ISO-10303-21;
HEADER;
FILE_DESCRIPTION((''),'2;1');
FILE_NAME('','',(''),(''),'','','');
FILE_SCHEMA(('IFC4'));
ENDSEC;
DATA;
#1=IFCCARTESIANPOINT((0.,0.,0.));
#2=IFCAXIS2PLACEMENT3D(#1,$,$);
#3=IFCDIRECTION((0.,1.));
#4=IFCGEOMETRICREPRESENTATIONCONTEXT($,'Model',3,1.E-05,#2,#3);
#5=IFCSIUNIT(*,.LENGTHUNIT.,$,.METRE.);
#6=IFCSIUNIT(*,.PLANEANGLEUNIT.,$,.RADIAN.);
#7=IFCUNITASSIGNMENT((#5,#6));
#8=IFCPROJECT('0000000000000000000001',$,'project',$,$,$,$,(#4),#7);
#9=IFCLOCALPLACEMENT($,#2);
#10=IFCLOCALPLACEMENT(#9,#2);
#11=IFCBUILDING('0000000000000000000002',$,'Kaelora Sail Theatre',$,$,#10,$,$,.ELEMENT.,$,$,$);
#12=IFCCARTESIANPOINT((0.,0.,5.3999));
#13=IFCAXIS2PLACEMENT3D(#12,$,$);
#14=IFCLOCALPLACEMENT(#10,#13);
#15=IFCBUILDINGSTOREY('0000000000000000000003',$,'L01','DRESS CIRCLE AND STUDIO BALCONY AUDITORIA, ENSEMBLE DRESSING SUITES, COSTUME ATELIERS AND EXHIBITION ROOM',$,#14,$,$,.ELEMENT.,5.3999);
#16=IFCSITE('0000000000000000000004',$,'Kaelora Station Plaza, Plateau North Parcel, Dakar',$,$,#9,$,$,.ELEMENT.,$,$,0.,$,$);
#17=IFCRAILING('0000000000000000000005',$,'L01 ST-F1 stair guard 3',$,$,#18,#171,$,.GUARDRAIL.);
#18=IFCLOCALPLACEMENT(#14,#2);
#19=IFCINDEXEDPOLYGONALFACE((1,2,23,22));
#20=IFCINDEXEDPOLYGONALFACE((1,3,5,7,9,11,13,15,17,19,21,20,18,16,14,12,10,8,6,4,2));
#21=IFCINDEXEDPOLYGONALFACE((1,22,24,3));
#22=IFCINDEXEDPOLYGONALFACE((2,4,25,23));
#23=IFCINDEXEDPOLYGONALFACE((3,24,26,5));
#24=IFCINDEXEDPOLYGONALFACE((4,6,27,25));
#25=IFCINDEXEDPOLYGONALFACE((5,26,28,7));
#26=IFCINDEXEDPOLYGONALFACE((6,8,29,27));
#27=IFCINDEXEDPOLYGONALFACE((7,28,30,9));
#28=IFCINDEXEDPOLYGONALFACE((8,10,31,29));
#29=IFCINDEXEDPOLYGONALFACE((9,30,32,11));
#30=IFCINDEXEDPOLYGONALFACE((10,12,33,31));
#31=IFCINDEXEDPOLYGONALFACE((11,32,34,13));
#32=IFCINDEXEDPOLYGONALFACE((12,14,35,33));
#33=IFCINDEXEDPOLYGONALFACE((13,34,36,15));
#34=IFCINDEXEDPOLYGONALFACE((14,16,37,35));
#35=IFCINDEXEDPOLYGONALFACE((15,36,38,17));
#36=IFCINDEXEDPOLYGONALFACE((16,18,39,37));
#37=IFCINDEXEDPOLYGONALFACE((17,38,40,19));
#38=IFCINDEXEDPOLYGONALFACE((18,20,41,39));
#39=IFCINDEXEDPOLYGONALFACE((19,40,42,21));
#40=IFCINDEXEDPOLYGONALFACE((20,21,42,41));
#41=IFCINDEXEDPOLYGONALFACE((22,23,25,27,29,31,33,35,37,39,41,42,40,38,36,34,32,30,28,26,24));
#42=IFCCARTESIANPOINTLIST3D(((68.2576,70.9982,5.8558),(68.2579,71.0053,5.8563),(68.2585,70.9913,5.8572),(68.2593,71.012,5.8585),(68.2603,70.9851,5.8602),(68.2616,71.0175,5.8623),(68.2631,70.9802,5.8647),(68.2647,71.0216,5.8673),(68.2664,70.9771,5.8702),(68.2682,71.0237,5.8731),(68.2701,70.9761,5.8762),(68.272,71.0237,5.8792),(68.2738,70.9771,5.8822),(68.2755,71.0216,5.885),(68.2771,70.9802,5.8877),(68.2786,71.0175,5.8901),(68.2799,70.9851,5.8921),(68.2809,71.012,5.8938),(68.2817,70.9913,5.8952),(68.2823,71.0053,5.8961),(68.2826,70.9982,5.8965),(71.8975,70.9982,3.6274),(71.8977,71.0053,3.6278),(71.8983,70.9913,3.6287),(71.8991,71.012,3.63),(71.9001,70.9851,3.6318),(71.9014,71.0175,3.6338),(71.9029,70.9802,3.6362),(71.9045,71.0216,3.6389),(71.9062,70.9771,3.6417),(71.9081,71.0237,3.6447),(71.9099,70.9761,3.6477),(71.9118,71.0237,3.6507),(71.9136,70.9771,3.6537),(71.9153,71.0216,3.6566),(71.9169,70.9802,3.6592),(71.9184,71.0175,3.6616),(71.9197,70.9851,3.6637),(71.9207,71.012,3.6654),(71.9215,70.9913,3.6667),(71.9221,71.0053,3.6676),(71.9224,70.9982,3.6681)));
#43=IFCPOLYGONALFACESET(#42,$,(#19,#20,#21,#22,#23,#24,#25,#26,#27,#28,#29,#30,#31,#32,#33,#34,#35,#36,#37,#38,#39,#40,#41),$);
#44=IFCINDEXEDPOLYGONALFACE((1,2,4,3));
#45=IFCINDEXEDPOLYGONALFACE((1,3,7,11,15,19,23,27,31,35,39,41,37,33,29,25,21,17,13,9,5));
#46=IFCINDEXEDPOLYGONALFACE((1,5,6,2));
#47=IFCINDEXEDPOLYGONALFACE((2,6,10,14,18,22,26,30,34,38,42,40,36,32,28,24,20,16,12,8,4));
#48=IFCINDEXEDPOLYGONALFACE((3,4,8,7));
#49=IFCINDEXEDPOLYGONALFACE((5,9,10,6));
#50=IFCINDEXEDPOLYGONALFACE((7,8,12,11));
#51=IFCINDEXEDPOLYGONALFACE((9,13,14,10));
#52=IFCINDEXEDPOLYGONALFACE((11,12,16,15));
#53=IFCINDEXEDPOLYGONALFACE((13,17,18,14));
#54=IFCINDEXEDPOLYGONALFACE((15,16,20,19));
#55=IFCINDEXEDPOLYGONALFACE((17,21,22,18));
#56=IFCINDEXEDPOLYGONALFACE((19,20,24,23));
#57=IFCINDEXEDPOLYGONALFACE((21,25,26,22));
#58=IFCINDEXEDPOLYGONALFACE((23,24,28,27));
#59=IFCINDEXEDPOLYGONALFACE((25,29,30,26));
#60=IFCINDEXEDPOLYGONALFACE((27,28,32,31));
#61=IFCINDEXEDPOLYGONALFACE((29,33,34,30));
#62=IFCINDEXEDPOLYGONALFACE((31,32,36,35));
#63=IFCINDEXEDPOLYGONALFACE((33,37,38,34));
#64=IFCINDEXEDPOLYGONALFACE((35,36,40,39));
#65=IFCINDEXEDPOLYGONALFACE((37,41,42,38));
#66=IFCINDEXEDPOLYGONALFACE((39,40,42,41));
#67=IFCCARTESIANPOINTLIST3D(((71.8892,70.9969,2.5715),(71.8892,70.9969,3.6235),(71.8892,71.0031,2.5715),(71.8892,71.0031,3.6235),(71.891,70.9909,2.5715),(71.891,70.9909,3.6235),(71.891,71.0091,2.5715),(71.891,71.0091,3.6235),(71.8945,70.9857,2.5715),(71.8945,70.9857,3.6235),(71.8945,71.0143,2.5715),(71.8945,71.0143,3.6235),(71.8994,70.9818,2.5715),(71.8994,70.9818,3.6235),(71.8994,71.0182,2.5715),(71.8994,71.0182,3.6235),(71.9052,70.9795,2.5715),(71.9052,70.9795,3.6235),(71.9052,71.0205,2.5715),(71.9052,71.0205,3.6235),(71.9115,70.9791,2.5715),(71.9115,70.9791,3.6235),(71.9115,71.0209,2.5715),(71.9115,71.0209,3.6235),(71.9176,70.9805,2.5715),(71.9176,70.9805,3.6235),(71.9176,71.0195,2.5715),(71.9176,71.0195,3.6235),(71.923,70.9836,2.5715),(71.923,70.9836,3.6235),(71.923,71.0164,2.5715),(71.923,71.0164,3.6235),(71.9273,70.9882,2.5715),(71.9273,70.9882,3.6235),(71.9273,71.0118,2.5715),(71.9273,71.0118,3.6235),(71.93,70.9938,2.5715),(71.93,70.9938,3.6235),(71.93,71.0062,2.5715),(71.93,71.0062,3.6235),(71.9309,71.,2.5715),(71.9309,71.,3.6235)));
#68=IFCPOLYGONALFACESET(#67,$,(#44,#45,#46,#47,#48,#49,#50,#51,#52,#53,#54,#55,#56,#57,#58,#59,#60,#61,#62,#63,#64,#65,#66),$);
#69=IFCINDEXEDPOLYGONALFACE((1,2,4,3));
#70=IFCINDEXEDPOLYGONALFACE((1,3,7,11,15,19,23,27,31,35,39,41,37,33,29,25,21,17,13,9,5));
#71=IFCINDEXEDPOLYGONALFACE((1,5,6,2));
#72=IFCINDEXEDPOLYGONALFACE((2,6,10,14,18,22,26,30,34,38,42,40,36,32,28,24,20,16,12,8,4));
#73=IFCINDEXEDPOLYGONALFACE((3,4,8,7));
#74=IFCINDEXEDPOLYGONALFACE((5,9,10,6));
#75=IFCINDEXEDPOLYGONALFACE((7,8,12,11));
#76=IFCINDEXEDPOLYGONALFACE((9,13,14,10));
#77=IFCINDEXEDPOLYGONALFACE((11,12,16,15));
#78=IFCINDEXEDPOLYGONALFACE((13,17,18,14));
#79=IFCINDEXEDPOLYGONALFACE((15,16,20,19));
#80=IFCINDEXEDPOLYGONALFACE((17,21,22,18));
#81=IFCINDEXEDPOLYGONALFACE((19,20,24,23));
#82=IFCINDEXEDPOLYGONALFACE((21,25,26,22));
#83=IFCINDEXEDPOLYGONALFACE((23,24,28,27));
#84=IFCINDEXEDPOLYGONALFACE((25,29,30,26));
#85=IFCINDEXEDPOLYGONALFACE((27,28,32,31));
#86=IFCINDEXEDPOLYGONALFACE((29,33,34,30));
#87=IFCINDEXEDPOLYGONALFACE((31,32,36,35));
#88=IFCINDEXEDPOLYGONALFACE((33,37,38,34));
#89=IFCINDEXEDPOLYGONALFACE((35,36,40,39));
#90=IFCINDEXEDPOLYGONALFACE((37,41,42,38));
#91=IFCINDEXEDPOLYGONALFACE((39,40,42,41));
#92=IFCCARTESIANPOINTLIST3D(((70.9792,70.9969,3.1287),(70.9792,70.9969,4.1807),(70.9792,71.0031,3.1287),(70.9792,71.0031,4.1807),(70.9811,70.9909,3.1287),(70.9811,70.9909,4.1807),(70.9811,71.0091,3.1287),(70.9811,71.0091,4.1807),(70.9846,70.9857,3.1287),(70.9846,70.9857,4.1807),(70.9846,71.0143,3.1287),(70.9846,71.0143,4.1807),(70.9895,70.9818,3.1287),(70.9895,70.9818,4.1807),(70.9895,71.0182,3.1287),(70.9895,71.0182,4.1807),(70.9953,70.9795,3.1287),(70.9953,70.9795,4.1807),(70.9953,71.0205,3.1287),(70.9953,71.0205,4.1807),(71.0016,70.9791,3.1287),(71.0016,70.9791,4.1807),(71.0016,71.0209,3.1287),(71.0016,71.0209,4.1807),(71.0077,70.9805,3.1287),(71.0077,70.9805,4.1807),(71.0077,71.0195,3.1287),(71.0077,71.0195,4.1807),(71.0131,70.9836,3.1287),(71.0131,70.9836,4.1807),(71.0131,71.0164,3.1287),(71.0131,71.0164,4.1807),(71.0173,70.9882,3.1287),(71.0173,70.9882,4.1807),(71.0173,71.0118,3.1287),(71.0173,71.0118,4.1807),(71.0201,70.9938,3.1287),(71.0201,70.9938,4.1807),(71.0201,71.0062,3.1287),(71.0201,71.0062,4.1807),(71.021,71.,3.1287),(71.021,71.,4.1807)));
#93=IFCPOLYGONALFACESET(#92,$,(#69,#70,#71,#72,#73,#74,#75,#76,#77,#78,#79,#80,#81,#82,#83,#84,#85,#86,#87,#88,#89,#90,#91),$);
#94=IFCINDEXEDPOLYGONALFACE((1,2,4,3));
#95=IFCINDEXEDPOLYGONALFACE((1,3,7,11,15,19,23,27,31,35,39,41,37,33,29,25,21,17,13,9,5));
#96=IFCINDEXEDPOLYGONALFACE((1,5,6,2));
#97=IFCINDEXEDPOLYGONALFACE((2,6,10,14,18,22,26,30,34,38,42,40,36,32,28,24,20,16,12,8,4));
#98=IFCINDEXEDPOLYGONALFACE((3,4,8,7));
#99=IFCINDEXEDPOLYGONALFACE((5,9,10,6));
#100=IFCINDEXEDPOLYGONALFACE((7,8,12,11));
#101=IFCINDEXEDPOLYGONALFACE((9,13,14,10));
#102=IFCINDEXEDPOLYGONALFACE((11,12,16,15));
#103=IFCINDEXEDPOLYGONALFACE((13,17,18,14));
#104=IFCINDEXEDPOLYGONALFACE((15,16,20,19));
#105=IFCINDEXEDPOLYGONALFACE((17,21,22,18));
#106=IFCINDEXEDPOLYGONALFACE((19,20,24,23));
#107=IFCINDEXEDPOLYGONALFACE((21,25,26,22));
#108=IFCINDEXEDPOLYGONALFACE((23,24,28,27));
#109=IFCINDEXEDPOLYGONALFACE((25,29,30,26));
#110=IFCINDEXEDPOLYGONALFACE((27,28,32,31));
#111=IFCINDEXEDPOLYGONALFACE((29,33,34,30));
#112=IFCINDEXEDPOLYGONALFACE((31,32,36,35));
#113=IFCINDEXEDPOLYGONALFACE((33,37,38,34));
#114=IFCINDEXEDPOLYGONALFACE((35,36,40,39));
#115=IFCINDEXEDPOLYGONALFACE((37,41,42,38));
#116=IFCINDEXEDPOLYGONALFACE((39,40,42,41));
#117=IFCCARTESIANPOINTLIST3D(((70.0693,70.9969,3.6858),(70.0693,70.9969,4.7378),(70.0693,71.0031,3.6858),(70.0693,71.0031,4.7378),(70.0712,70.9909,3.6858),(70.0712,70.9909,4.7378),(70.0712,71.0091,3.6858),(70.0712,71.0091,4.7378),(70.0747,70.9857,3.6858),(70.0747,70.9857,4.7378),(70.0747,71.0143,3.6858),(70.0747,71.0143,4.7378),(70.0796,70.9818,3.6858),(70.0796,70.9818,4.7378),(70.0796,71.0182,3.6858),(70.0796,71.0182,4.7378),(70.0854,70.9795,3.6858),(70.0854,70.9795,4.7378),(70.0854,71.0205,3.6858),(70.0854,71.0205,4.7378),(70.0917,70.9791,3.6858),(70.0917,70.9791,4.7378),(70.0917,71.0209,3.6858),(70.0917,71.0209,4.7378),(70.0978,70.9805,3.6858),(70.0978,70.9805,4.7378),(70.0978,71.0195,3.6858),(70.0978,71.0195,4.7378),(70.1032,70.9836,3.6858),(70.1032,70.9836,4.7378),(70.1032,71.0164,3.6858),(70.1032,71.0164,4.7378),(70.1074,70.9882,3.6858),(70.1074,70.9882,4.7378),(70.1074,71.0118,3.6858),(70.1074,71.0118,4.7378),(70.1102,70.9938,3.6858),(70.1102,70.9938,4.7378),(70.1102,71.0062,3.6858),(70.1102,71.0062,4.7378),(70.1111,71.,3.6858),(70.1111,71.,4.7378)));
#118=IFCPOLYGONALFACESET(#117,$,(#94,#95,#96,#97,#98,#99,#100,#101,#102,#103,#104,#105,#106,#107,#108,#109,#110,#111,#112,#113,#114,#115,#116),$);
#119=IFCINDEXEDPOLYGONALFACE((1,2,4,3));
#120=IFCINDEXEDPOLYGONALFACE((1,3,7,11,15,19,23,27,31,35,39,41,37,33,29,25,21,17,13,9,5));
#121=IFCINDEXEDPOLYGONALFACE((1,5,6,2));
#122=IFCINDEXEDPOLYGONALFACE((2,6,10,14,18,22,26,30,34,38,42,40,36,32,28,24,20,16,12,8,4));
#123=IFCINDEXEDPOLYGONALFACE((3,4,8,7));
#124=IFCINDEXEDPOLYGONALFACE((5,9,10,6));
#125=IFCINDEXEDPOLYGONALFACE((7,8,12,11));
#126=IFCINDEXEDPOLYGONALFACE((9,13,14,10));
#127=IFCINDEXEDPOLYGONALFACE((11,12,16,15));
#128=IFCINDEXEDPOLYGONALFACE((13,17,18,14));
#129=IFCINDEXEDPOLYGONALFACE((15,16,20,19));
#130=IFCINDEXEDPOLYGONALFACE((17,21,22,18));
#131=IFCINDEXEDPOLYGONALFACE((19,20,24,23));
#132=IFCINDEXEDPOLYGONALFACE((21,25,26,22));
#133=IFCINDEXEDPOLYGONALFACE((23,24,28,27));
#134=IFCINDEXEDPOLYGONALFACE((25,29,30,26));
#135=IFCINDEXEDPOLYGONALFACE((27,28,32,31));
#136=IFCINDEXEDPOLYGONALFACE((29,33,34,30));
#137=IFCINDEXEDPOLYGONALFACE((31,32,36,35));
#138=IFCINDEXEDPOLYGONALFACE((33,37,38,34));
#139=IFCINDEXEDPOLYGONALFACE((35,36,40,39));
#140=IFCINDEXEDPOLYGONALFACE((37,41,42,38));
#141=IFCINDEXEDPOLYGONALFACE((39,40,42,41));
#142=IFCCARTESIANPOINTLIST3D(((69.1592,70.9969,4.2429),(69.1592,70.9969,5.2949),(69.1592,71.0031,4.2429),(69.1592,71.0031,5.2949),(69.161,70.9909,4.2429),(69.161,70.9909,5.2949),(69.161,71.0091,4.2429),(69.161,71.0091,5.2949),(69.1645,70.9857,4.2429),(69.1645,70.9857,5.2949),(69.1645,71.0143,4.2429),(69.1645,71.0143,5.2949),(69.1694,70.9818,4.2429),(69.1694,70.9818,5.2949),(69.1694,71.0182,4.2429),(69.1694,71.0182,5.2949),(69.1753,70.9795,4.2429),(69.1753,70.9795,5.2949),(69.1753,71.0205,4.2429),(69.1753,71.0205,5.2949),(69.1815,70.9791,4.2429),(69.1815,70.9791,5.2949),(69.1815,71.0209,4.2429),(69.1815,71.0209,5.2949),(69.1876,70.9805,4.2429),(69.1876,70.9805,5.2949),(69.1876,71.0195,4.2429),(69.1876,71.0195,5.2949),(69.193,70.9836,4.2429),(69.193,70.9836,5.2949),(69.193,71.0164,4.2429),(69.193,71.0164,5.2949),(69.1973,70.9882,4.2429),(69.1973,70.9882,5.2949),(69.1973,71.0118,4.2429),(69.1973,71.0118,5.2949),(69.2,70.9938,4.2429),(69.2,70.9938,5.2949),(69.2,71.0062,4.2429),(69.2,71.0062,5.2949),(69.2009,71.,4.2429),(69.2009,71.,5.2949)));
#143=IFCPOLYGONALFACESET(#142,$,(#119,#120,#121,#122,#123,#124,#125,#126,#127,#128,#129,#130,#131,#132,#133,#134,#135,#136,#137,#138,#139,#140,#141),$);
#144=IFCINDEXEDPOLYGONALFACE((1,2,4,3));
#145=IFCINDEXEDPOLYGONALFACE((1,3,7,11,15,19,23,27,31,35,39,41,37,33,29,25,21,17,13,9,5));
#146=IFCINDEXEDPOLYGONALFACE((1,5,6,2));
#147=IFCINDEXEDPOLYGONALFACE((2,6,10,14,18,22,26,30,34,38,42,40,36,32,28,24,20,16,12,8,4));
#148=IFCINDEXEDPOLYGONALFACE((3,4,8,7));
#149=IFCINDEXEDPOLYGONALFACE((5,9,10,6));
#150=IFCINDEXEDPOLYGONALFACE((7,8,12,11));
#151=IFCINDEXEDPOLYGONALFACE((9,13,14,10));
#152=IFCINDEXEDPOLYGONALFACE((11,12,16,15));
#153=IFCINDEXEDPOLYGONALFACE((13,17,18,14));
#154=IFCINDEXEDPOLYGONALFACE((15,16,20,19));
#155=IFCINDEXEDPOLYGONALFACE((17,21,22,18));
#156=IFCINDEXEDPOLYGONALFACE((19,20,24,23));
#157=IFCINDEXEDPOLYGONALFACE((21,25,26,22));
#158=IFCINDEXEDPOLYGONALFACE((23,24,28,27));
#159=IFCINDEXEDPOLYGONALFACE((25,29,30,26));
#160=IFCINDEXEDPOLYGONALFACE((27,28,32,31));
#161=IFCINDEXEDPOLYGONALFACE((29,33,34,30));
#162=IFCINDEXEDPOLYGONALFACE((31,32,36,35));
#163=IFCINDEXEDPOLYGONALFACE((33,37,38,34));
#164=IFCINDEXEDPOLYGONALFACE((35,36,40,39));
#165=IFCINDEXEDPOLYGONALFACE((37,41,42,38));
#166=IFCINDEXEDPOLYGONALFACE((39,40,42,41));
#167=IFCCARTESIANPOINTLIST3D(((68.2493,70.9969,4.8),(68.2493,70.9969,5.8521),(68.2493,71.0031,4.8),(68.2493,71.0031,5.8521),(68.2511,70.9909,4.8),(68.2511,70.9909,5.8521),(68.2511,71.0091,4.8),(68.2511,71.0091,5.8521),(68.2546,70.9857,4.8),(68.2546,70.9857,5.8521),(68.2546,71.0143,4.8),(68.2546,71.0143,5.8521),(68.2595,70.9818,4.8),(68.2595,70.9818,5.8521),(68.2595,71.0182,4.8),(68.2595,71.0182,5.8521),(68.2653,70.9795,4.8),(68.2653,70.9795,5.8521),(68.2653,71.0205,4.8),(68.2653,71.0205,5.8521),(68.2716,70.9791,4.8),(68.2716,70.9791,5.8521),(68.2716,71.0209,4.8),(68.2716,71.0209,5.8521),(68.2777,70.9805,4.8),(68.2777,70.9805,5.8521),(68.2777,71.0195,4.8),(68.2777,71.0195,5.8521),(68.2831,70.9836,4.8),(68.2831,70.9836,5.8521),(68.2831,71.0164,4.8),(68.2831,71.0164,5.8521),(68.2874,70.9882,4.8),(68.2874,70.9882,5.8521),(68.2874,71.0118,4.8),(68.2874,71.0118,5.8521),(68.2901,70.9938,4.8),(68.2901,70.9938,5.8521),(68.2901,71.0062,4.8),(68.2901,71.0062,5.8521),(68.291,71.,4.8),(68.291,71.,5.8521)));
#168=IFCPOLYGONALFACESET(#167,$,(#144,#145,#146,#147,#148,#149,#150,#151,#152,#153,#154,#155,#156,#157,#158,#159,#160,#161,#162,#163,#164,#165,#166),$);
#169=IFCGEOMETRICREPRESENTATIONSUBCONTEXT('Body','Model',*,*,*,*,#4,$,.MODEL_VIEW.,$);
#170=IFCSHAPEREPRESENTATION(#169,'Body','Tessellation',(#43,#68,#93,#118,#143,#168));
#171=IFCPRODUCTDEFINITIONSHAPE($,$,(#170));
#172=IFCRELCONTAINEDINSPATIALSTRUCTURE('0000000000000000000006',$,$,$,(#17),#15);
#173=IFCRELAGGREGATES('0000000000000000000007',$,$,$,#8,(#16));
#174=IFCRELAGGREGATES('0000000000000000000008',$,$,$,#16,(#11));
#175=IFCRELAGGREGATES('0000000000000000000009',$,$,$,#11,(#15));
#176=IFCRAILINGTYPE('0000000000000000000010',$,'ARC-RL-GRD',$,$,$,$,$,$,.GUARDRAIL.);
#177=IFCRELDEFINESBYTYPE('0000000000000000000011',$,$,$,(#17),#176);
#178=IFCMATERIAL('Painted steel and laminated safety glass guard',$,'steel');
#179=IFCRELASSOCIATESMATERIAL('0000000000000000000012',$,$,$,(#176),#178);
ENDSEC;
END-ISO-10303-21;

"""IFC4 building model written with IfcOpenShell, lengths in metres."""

from ifc_helpers import new_model, si_unit, direction, frame, origin, origin_2d, place, context, subcontext, project, spatial, circle, extrude, material, type_object, element, save


model = new_model("IFC4")

# Units and contexts
model_context = context("Model", 3, precision=1e-05, world=origin(), true_north=direction((0.0, 1.0)))
body_context = subcontext(model_context, "Body", "Model", "MODEL_VIEW")
ifc_project = project(units=[si_unit("LENGTHUNIT", "METRE"), si_unit("PLANEANGLEUNIT", "RADIAN")], contexts=[model_context])

# Site, building, storey
site_placement = place(None, origin())
site = spatial("IfcSite", under=ifc_project, at=site_placement, Name="Kaelora Station Plaza, Plateau North Parcel, Dakar", CompositionType="ELEMENT", RefElevation=0.0)
building_placement = place(site_placement, origin())
building = spatial("IfcBuilding", under=site, at=building_placement, Name="Kaelora Sail Theatre", CompositionType="ELEMENT")
storey_placement = place(building_placement, frame((0.0, 0.0, 5.3999)))
storey = spatial("IfcBuildingStorey", under=building, at=storey_placement, Name="L01", Description="DRESS CIRCLE AND STUDIO BALCONY AUDITORIA, ENSEMBLE DRESSING SUITES, COSTUME ATELIERS AND EXHIBITION ROOM", CompositionType="ELEMENT", Elevation=5.3999)

# Railing
ifc_material_1 = material(Name="Painted steel and laminated safety glass guard", Category="steel")
railing_type_1 = type_object("IfcRailingType", Name="ARC-RL-GRD", PredefinedType="GUARDRAIL", material=ifc_material_1)
railing_1_placement = place(storey_placement, frame((71.9099, 71.0, 2.5715)))
element("IfcRailing", 1, at=railing_1_placement, inside=storey, type_object=railing_type_1, Name="L01 ST-F1 stair guard 3", PredefinedType="GUARDRAIL", context=body_context, shape_type="SweptSolid", body=[
    extrude(circle(Radius=0.0239, at=origin_2d()), frame((0.0, 0.0, 1.0762), z_axis=(-0.85285, 0.0, 0.522156), x_axis=(0.0, -1.0, 0.0)), (0.0, 0.0, 1.0), 4.2678),
    extrude(circle(Radius=0.021, at=origin_2d()), origin(), (0.0, 0.0, 1.0), 1.052),
    extrude(circle(Radius=0.021, at=origin_2d()), frame((-0.9099, 0.0, 0.5571)), (0.0, 0.0, 1.0), 1.052),
    extrude(circle(Radius=0.021, at=origin_2d()), frame((-1.8198, 0.0, 1.1143)), (0.0, 0.0, 1.0), 1.052),
    extrude(circle(Radius=0.021, at=origin_2d()), frame((-2.73, 0.0, 1.6714)), (0.0, 0.0, 1.0), 1.052),
    extrude(circle(Radius=0.021, at=origin_2d()), frame((-3.6399, 0.0, 2.2285)), (0.0, 0.0, 1.0), 1.052),
])

save(model, "model.ifc")
